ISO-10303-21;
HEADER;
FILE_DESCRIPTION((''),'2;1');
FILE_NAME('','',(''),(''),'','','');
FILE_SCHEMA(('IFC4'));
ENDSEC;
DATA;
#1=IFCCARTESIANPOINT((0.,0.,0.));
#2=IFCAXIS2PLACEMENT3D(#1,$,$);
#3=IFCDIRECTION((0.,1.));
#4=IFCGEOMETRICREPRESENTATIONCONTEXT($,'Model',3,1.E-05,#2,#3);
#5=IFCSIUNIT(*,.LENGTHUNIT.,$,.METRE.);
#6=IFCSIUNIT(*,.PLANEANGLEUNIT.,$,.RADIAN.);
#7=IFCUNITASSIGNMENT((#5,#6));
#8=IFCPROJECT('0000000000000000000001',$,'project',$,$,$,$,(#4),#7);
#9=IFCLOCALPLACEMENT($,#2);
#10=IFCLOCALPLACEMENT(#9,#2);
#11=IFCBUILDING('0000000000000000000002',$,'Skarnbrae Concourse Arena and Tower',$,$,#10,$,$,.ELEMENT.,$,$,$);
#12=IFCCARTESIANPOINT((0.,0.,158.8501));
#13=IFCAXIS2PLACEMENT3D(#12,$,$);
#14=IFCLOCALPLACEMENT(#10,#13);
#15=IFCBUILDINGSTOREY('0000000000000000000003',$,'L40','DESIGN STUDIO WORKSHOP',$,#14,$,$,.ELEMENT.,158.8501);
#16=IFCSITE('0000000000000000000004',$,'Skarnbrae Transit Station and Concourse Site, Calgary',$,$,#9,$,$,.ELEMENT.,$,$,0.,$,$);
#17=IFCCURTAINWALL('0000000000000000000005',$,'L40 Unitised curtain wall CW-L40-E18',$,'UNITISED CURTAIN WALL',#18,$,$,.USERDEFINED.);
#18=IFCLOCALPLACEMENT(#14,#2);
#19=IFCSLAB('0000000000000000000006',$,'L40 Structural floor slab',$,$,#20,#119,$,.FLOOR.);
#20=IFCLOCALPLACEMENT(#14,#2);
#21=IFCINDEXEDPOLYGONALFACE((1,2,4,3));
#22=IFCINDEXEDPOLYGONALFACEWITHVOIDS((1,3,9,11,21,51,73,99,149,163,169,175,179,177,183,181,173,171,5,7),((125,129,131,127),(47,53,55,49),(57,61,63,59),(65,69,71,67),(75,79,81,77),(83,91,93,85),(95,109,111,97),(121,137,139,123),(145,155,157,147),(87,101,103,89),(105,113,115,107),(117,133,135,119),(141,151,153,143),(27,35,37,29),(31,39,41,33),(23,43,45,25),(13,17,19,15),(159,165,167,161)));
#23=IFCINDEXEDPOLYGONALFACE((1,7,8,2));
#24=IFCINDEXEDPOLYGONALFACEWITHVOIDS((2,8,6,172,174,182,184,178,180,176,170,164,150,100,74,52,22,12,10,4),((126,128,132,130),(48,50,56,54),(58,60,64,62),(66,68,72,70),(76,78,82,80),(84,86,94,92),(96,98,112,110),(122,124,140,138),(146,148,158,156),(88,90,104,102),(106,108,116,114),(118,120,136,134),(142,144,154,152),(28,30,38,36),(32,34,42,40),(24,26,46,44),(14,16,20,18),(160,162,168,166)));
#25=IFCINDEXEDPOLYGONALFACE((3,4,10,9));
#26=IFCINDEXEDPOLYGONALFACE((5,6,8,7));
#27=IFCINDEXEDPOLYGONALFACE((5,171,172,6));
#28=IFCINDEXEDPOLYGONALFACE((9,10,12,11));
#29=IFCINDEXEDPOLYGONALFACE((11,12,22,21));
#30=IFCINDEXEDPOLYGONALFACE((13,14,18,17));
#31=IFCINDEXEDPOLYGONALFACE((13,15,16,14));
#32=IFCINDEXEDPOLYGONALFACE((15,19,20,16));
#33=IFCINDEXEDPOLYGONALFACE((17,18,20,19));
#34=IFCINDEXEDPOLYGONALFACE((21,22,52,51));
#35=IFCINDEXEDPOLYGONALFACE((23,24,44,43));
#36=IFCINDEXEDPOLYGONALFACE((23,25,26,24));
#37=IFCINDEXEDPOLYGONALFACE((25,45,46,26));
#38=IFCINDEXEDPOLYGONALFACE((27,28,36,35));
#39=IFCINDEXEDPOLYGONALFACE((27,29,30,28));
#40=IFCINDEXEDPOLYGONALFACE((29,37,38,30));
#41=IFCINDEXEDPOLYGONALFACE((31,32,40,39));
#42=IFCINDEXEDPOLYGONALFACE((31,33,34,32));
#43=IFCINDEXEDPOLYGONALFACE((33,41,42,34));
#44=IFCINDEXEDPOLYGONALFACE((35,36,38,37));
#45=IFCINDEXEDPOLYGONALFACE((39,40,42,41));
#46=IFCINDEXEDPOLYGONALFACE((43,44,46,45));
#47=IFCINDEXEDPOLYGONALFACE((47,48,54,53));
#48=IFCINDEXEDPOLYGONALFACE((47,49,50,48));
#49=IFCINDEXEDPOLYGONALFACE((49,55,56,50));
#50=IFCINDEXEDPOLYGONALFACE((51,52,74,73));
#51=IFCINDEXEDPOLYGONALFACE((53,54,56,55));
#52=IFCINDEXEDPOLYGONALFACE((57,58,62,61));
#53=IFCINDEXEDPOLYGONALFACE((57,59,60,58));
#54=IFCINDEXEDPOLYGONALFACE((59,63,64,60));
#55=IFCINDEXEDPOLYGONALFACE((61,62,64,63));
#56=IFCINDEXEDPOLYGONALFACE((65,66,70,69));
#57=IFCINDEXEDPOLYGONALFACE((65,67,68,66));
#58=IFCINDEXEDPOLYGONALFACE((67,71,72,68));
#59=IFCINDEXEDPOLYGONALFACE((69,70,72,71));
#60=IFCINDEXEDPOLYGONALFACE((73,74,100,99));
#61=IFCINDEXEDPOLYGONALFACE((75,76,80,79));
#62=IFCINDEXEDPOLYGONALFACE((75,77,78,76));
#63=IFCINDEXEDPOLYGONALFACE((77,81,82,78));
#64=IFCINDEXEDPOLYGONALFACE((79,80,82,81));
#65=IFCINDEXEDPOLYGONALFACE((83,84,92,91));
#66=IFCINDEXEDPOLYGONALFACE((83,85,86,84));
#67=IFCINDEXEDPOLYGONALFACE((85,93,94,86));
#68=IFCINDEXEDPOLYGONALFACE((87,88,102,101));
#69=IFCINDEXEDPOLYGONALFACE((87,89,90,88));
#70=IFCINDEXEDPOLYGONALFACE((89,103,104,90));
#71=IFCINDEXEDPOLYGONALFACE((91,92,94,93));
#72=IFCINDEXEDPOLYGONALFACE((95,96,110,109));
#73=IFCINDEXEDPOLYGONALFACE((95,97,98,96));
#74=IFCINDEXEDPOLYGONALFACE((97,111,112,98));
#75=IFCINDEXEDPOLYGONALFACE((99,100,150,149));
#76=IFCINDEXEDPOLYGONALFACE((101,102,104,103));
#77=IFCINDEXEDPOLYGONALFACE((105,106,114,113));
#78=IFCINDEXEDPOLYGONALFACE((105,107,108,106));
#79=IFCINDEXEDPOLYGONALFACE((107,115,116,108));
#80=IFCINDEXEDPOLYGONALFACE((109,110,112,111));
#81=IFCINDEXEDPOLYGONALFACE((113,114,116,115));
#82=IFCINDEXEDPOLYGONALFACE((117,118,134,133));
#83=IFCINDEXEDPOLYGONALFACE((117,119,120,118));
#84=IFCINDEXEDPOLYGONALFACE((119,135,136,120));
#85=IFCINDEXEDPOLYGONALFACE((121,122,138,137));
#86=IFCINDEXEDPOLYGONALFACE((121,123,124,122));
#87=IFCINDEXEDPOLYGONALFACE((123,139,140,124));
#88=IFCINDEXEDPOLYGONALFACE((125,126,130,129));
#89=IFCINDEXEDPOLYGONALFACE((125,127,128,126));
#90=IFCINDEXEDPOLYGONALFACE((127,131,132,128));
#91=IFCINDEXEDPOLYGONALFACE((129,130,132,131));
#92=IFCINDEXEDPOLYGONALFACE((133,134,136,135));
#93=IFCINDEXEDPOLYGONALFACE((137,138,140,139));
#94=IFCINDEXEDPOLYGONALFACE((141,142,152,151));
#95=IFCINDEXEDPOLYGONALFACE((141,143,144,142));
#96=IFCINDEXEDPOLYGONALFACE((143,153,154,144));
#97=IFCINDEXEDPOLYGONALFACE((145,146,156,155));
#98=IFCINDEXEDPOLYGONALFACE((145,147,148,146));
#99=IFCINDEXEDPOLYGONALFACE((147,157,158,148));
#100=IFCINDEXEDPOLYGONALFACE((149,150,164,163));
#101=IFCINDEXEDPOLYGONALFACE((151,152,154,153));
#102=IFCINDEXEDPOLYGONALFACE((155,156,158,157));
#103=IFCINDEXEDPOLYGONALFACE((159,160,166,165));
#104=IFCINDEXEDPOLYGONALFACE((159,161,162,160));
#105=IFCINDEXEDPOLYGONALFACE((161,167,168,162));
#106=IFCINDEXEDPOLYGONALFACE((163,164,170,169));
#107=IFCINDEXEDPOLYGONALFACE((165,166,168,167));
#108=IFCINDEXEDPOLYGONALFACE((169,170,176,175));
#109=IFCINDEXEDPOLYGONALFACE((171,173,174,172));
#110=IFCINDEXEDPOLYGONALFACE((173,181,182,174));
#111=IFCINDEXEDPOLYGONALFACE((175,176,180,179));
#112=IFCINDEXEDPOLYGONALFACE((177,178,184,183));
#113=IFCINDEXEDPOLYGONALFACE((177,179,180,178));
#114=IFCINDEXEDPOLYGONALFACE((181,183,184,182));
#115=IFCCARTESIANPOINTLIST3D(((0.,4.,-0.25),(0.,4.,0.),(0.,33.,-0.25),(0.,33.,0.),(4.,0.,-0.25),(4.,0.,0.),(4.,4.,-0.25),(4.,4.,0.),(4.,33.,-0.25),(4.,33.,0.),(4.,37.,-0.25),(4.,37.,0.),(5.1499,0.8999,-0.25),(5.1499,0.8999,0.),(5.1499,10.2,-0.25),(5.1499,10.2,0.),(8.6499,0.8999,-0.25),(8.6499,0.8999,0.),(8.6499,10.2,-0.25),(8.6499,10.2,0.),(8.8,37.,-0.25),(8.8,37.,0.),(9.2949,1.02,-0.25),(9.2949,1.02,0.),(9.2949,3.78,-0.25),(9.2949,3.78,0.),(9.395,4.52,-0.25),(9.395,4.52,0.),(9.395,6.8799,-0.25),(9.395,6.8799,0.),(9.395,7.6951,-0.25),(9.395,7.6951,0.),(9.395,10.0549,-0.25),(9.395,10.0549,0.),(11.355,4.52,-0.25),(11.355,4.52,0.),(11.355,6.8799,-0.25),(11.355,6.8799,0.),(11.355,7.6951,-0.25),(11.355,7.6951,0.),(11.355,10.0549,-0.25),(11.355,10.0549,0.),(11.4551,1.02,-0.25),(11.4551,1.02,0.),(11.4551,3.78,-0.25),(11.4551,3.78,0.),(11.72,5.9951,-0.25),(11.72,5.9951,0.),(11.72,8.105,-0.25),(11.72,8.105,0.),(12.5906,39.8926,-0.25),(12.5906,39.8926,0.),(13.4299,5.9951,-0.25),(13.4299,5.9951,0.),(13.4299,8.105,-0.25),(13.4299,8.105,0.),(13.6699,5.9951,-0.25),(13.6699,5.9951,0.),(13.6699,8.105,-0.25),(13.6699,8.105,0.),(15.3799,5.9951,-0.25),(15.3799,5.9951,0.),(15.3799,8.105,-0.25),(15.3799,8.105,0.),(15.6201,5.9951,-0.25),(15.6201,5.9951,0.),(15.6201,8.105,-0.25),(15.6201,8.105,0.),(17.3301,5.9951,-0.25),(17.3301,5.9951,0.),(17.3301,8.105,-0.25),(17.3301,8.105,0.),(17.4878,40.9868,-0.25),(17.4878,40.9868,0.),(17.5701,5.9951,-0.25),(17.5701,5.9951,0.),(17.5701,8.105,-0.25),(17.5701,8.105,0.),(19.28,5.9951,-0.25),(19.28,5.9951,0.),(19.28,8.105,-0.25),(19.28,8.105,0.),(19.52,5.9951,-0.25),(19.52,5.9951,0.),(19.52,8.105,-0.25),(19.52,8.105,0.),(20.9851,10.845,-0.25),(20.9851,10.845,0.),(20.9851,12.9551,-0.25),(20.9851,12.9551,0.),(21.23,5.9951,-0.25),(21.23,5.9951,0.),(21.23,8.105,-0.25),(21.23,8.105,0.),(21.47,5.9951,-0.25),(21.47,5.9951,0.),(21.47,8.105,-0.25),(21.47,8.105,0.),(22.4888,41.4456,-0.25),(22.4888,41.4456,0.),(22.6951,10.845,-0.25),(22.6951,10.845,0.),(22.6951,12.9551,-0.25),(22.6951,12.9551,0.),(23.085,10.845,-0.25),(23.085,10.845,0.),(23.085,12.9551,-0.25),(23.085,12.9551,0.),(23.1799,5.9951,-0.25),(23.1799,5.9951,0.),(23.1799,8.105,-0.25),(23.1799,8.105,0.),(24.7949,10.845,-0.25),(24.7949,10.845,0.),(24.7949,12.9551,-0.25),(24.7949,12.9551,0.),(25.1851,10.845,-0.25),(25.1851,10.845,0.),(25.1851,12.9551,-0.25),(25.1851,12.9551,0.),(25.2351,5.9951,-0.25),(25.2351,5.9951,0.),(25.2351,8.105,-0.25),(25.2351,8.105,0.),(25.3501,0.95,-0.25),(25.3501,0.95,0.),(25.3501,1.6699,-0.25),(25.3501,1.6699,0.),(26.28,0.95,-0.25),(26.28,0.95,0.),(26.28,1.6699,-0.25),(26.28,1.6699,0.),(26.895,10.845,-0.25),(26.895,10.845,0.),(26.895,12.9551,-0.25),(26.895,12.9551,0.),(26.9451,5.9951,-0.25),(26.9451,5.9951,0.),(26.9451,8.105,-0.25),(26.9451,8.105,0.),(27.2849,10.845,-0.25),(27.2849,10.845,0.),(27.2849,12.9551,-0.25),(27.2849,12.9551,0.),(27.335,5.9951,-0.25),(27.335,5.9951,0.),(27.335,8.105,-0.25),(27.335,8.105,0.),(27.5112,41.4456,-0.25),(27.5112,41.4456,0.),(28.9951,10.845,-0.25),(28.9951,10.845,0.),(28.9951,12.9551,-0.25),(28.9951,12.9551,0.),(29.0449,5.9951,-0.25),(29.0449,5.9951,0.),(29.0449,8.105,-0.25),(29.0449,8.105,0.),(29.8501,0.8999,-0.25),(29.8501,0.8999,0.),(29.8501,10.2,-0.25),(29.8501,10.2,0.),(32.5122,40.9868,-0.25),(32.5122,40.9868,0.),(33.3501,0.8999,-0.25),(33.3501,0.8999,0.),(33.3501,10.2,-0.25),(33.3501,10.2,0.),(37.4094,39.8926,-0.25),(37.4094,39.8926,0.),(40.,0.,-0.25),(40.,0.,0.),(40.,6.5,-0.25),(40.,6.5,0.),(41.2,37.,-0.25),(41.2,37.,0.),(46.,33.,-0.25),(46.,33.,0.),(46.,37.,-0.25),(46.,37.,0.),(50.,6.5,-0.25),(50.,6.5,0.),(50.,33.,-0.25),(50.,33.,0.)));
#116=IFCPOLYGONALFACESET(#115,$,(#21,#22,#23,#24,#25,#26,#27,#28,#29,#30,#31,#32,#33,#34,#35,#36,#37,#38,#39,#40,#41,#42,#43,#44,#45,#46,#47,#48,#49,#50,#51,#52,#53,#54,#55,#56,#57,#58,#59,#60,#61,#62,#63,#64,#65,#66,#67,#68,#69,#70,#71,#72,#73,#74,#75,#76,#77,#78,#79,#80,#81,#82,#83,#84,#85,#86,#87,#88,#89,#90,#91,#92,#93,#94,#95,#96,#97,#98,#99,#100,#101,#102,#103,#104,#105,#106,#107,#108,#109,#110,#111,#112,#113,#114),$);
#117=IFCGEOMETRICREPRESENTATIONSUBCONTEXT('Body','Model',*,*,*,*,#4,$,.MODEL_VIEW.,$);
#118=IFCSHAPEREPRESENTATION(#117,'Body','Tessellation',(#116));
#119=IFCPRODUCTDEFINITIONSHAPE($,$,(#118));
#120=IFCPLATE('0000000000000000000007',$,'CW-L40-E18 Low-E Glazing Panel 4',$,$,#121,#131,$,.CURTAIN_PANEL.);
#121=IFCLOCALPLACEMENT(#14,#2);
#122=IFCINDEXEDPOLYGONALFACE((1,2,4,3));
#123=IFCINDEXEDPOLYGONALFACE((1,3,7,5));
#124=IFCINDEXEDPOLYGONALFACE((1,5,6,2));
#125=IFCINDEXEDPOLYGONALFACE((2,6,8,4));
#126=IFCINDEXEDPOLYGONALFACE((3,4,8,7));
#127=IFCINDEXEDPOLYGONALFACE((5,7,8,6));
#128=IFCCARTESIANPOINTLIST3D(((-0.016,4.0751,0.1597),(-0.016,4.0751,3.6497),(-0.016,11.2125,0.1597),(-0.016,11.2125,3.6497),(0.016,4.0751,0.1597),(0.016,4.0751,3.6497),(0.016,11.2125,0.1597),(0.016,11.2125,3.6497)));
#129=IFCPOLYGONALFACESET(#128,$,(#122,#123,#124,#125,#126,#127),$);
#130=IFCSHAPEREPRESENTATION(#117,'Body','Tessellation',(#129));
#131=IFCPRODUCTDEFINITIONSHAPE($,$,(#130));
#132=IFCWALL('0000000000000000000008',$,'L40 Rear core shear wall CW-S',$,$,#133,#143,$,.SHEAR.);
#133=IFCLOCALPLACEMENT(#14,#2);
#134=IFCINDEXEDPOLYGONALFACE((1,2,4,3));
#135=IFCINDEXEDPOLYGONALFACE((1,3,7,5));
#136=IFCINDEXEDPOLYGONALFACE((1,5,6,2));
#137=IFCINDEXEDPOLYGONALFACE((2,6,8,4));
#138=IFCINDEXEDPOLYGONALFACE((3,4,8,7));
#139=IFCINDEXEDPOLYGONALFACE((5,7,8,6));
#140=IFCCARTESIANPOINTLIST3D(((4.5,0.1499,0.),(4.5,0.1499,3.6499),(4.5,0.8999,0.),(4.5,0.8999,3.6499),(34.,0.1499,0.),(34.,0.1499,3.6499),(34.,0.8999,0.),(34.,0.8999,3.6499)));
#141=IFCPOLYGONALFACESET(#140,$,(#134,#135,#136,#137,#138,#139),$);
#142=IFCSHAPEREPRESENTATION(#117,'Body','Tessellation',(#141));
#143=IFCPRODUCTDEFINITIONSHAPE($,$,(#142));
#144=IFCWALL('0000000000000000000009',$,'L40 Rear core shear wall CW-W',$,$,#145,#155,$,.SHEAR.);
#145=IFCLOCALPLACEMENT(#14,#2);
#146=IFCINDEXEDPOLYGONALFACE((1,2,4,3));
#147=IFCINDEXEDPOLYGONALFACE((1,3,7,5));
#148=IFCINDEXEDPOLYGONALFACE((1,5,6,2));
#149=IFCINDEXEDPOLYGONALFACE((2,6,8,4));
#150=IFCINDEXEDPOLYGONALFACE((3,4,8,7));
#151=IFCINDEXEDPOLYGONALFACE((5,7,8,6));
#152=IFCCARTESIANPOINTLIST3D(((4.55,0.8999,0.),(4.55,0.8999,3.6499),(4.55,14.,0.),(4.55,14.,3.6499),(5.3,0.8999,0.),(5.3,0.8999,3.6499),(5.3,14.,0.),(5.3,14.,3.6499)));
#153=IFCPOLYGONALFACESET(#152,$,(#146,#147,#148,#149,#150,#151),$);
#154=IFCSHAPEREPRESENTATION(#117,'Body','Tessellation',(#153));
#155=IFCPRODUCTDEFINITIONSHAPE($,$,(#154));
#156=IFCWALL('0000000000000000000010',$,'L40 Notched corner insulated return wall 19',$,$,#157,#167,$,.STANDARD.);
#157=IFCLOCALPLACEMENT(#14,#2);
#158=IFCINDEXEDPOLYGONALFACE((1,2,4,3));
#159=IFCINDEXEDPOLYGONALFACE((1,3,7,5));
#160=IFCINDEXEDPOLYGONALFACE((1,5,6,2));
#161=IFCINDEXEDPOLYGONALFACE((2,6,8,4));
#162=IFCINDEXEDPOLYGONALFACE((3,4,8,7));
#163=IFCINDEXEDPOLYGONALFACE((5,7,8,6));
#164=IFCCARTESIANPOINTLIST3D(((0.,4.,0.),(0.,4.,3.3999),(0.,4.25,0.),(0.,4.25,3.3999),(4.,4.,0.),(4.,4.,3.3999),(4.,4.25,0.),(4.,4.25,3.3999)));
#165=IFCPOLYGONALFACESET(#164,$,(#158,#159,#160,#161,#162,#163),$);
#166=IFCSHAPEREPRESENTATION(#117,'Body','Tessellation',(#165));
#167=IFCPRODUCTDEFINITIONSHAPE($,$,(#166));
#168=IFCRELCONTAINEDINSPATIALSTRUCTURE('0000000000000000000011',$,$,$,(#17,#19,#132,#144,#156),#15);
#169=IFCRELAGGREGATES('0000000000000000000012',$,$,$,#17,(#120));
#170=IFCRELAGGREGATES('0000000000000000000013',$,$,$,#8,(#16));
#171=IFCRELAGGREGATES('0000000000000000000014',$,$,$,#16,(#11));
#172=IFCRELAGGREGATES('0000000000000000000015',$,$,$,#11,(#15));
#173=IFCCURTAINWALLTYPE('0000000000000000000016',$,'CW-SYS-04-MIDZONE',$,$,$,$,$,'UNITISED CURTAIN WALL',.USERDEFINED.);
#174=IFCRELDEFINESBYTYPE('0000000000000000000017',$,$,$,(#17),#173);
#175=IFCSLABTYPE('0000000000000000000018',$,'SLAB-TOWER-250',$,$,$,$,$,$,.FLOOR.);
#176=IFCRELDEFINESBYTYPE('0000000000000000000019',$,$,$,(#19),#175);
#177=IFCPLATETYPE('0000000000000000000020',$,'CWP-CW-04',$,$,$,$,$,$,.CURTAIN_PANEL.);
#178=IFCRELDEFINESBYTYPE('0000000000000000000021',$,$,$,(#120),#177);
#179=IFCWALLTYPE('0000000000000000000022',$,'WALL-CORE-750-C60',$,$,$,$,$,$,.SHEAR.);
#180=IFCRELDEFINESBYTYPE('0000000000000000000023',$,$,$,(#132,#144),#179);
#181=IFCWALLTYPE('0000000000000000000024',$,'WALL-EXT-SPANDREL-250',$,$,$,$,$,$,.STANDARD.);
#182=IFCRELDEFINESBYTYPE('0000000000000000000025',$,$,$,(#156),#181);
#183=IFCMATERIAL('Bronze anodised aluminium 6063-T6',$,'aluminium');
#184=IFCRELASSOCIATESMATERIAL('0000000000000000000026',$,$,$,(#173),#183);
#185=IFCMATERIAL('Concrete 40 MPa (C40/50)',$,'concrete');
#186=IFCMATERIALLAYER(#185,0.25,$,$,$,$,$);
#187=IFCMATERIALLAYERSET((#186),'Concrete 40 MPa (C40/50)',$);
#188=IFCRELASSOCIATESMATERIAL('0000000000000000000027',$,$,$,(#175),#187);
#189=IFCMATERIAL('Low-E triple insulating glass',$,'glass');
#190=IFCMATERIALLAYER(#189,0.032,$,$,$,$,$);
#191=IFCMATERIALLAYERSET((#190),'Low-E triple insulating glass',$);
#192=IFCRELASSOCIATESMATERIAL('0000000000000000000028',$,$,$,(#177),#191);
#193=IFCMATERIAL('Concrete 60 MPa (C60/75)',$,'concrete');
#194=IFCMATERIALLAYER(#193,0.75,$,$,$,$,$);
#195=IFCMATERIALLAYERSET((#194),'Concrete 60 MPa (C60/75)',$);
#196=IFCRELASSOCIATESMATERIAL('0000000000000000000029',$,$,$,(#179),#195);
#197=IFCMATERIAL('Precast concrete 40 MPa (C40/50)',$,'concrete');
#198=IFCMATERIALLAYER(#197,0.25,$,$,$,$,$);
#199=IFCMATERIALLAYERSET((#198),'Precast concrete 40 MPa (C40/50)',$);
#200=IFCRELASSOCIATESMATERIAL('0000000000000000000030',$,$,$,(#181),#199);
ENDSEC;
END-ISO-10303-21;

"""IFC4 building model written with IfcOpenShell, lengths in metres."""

from ifc_helpers import new_model, si_unit, direction, frame, frame_2d, origin, origin_2d, place, context, subcontext, project, spatial, polyline, rectangle, outline, extrude, source, transform, mapped, material, layer, layer_set, type_object, element, aggregate, save


model = new_model("IFC4")

# Units and contexts
model_context = context("Model", 3, precision=1e-05, world=origin(), true_north=direction((0.0, 1.0)))
body_context = subcontext(model_context, "Body", "Model", "MODEL_VIEW")
ifc_project = project(units=[si_unit("LENGTHUNIT", "METRE"), si_unit("PLANEANGLEUNIT", "RADIAN")], contexts=[model_context])

# Site, building, storey
site_placement = place(None, origin())
site = spatial("IfcSite", under=ifc_project, at=site_placement, Name="Skarnbrae Transit Station and Concourse Site, Calgary", CompositionType="ELEMENT", RefElevation=0.0)
building_placement = place(site_placement, origin())
building = spatial("IfcBuilding", under=site, at=building_placement, Name="Skarnbrae Concourse Arena and Tower", CompositionType="ELEMENT")
storey_placement = place(building_placement, frame((0.0, 0.0, 158.8501)))
storey = spatial("IfcBuildingStorey", under=building, at=storey_placement, Name="L40", Description="DESIGN STUDIO WORKSHOP", CompositionType="ELEMENT", Elevation=158.8501)

# Curtain wall
ifc_material_1 = material(Name="Bronze anodised aluminium 6063-T6", Category="aluminium")
curtain_wall_type = type_object("IfcCurtainWallType", Name="CW-SYS-04-MIDZONE", ElementType="UNITISED CURTAIN WALL", PredefinedType="USERDEFINED", material=ifc_material_1)
curtain_wall_placement = place(storey_placement, origin())
curtain_wall = element("IfcCurtainWall", 1, at=curtain_wall_placement, inside=storey, type_object=curtain_wall_type, Name="L40 Unitised curtain wall CW-L40-E18", ObjectType="UNITISED CURTAIN WALL", PredefinedType="USERDEFINED")

# Shared definitions
ifc_material_2 = material(Name="Concrete 40 MPa (C40/50)", Category="concrete")

# Slab
ifc_layer_1 = layer(ifc_material_2, 0.25)
ifc_layer_set_1 = layer_set([ifc_layer_1], Name="Concrete 40 MPa (C40/50)")
slab_type_1 = type_object("IfcSlabType", Name="SLAB-TOWER-250", PredefinedType="FLOOR", material=ifc_layer_set_1)
slab_1_placement = place(storey_placement, frame((0.0, 0.0, -0.25)))
element("IfcSlab", 2, at=slab_1_placement, inside=storey, type_object=slab_type_1, Name="L40 Structural floor slab", PredefinedType="FLOOR", context=body_context, shape_type="SweptSolid", body=[
    extrude(outline(polyline([(4.0, 0.0), (40.0, 0.0), (40.0, 6.5), (50.0, 6.5), (50.0, 33.0), (46.0, 33.0), (46.0, 37.0), (41.2, 37.0), (37.4094, 39.8926), (32.5122, 40.9868), (27.5112, 41.4456), (22.4888, 41.4456), (17.4878, 40.9868), (12.5906, 39.8926), (8.8, 37.0), (4.0, 37.0), (4.0, 33.0), (0.0, 33.0), (0.0, 4.0), (4.0, 4.0), (4.0, 0.0)]), holes=[polyline([(9.2949, 3.78), (11.4551, 3.78), (11.4551, 1.02), (9.2949, 1.02), (9.2949, 3.78)]), polyline([(8.6499, 10.2), (8.6499, 0.8999), (5.1499, 0.8999), (5.1499, 10.2), (8.6499, 10.2)]), polyline([(9.395, 6.8799), (11.355, 6.8799), (11.355, 4.52), (9.395, 4.52), (9.395, 6.8799)]), polyline([(11.72, 8.105), (13.4299, 8.105), (13.4299, 5.9951), (11.72, 5.9951), (11.72, 8.105)]), polyline([(13.6699, 8.105), (15.3799, 8.105), (15.3799, 5.9951), (13.6699, 5.9951), (13.6699, 8.105)]), polyline([(15.6201, 8.105), (17.3301, 8.105), (17.3301, 5.9951), (15.6201, 5.9951), (15.6201, 8.105)]), polyline([(17.5701, 8.105), (19.28, 8.105), (19.28, 5.9951), (17.5701, 5.9951), (17.5701, 8.105)]), polyline([(21.23, 8.105), (21.23, 5.9951), (19.52, 5.9951), (19.52, 8.105), (21.23, 8.105)]), polyline([(11.355, 10.0549), (11.355, 7.6951), (9.395, 7.6951), (9.395, 10.0549), (11.355, 10.0549)]), polyline([(25.3501, 1.6699), (26.28, 1.6699), (26.28, 0.95), (25.3501, 0.95), (25.3501, 1.6699)]), polyline([(33.3501, 10.2), (33.3501, 0.8999), (29.8501, 0.8999), (29.8501, 10.2), (33.3501, 10.2)]), polyline([(21.47, 8.105), (23.1799, 8.105), (23.1799, 5.9951), (21.47, 5.9951), (21.47, 8.105)]), polyline([(25.2351, 8.105), (26.9451, 8.105), (26.9451, 5.9951), (25.2351, 5.9951), (25.2351, 8.105)]), polyline([(27.335, 8.105), (29.0449, 8.105), (29.0449, 5.9951), (27.335, 5.9951), (27.335, 8.105)]), polyline([(20.9851, 12.9551), (22.6951, 12.9551), (22.6951, 10.845), (20.9851, 10.845), (20.9851, 12.9551)]), polyline([(23.085, 12.9551), (24.7949, 12.9551), (24.7949, 10.845), (23.085, 10.845), (23.085, 12.9551)]), polyline([(26.895, 12.9551), (26.895, 10.845), (25.1851, 10.845), (25.1851, 12.9551), (26.895, 12.9551)]), polyline([(28.9951, 12.9551), (28.9951, 10.845), (27.2849, 10.845), (27.2849, 12.9551), (28.9951, 12.9551)])]), origin(), (0.0, 0.0, 1.0), 0.25),
])

# Plate
ifc_material_3 = material(Name="Low-E triple insulating glass", Category="glass")
ifc_layer_2 = layer(ifc_material_3, 0.032)
ifc_layer_set_2 = layer_set([ifc_layer_2], Name="Low-E triple insulating glass")
plate_type = type_object("IfcPlateType", Name="CWP-CW-04", PredefinedType="CURTAIN_PANEL", material=ifc_layer_set_2)
shared_shape_1 = source(origin(), body_context, "Body", "SweptSolid", [
    extrude(rectangle(XDim=7.1375, YDim=0.032, at=origin_2d()), origin(), (0.0, 0.0, 1.0), 3.49),
])
plate_placement = place(storey_placement, frame((0.0, 7.6438, 0.1597), z_axis=(0.0, 0.0, 1.0), x_axis=(0.0, -1.0, 0.0)))
plate = element("IfcPlate", 3, at=plate_placement, type_object=plate_type, Name="CW-L40-E18 Low-E Glazing Panel 4", PredefinedType="CURTAIN_PANEL", context=body_context, shape_type="MappedRepresentation", body=[
    mapped(shared_shape_1, transform((0.0, 0.0, 0.0))),
])
aggregate(curtain_wall, [plate])

# Walls
ifc_material_4 = material(Name="Concrete 60 MPa (C60/75)", Category="concrete")
ifc_layer_3 = layer(ifc_material_4, 0.75)
ifc_layer_set_3 = layer_set([ifc_layer_3], Name="Concrete 60 MPa (C60/75)")
wall_type_1 = type_object("IfcWallType", Name="WALL-CORE-750-C60", PredefinedType="SHEAR", material=ifc_layer_set_3)
shared_shape_2 = source(origin(), body_context, "Body", "SweptSolid", [
    extrude(rectangle(XDim=29.5, YDim=0.75, at=frame_2d((14.75, 0.0))), origin(), (0.0, 0.0, 1.0), 3.6499),
])
wall_1_placement = place(storey_placement, frame((4.5, 0.5249, 0.0), z_axis=(0.0, 0.0, 1.0), x_axis=(1.0, 0.0, 0.0)))
element("IfcWall", 4, at=wall_1_placement, inside=storey, type_object=wall_type_1, Name="L40 Rear core shear wall CW-S", PredefinedType="SHEAR", context=body_context, shape_type="MappedRepresentation", body=[
    mapped(shared_shape_2, transform((0.0, 0.0, 0.0))),
])
shared_shape_3 = source(origin(), body_context, "Body", "SweptSolid", [
    extrude(rectangle(XDim=13.1001, YDim=0.75, at=frame_2d((6.55, 0.0))), origin(), (0.0, 0.0, 1.0), 3.6499),
])
wall_2_placement = place(storey_placement, frame((4.925, 0.8999, 0.0), z_axis=(0.0, 0.0, 1.0), x_axis=(0.0, 1.0, 0.0)))
element("IfcWall", 5, at=wall_2_placement, inside=storey, type_object=wall_type_1, Name="L40 Rear core shear wall CW-W", PredefinedType="SHEAR", context=body_context, shape_type="MappedRepresentation", body=[
    mapped(shared_shape_3, transform((0.0, 0.0, 0.0))),
])
ifc_material_5 = material(Name="Precast concrete 40 MPa (C40/50)", Category="concrete")
ifc_layer_4 = layer(ifc_material_5, 0.25)
ifc_layer_set_4 = layer_set([ifc_layer_4], Name="Precast concrete 40 MPa (C40/50)")
wall_type_2 = type_object("IfcWallType", Name="WALL-EXT-SPANDREL-250", PredefinedType="STANDARD", material=ifc_layer_set_4)
shared_shape_4 = source(origin(), body_context, "Body", "SweptSolid", [
    extrude(rectangle(XDim=4.0, YDim=0.25, at=frame_2d((2.0, 0.0))), origin(), (0.0, 0.0, 1.0), 3.3999),
])
for number, where, z_axis, x_axis, name in (
    (6, (0.0, 4.125, 0.0), (0.0, 0.0, 1.0), (1.0, 0.0, 0.0), "L40 Notched corner insulated return wall 19"),
):
    element("IfcWall", number, at=place(storey_placement, frame(where, z_axis=z_axis, x_axis=x_axis)), inside=storey, type_object=wall_type_2, Name=name, PredefinedType="STANDARD", context=body_context, shape_type="MappedRepresentation", body=[
        mapped(shared_shape_4, transform((0.0, 0.0, 0.0))),
    ])

save(model, "model.ifc")
